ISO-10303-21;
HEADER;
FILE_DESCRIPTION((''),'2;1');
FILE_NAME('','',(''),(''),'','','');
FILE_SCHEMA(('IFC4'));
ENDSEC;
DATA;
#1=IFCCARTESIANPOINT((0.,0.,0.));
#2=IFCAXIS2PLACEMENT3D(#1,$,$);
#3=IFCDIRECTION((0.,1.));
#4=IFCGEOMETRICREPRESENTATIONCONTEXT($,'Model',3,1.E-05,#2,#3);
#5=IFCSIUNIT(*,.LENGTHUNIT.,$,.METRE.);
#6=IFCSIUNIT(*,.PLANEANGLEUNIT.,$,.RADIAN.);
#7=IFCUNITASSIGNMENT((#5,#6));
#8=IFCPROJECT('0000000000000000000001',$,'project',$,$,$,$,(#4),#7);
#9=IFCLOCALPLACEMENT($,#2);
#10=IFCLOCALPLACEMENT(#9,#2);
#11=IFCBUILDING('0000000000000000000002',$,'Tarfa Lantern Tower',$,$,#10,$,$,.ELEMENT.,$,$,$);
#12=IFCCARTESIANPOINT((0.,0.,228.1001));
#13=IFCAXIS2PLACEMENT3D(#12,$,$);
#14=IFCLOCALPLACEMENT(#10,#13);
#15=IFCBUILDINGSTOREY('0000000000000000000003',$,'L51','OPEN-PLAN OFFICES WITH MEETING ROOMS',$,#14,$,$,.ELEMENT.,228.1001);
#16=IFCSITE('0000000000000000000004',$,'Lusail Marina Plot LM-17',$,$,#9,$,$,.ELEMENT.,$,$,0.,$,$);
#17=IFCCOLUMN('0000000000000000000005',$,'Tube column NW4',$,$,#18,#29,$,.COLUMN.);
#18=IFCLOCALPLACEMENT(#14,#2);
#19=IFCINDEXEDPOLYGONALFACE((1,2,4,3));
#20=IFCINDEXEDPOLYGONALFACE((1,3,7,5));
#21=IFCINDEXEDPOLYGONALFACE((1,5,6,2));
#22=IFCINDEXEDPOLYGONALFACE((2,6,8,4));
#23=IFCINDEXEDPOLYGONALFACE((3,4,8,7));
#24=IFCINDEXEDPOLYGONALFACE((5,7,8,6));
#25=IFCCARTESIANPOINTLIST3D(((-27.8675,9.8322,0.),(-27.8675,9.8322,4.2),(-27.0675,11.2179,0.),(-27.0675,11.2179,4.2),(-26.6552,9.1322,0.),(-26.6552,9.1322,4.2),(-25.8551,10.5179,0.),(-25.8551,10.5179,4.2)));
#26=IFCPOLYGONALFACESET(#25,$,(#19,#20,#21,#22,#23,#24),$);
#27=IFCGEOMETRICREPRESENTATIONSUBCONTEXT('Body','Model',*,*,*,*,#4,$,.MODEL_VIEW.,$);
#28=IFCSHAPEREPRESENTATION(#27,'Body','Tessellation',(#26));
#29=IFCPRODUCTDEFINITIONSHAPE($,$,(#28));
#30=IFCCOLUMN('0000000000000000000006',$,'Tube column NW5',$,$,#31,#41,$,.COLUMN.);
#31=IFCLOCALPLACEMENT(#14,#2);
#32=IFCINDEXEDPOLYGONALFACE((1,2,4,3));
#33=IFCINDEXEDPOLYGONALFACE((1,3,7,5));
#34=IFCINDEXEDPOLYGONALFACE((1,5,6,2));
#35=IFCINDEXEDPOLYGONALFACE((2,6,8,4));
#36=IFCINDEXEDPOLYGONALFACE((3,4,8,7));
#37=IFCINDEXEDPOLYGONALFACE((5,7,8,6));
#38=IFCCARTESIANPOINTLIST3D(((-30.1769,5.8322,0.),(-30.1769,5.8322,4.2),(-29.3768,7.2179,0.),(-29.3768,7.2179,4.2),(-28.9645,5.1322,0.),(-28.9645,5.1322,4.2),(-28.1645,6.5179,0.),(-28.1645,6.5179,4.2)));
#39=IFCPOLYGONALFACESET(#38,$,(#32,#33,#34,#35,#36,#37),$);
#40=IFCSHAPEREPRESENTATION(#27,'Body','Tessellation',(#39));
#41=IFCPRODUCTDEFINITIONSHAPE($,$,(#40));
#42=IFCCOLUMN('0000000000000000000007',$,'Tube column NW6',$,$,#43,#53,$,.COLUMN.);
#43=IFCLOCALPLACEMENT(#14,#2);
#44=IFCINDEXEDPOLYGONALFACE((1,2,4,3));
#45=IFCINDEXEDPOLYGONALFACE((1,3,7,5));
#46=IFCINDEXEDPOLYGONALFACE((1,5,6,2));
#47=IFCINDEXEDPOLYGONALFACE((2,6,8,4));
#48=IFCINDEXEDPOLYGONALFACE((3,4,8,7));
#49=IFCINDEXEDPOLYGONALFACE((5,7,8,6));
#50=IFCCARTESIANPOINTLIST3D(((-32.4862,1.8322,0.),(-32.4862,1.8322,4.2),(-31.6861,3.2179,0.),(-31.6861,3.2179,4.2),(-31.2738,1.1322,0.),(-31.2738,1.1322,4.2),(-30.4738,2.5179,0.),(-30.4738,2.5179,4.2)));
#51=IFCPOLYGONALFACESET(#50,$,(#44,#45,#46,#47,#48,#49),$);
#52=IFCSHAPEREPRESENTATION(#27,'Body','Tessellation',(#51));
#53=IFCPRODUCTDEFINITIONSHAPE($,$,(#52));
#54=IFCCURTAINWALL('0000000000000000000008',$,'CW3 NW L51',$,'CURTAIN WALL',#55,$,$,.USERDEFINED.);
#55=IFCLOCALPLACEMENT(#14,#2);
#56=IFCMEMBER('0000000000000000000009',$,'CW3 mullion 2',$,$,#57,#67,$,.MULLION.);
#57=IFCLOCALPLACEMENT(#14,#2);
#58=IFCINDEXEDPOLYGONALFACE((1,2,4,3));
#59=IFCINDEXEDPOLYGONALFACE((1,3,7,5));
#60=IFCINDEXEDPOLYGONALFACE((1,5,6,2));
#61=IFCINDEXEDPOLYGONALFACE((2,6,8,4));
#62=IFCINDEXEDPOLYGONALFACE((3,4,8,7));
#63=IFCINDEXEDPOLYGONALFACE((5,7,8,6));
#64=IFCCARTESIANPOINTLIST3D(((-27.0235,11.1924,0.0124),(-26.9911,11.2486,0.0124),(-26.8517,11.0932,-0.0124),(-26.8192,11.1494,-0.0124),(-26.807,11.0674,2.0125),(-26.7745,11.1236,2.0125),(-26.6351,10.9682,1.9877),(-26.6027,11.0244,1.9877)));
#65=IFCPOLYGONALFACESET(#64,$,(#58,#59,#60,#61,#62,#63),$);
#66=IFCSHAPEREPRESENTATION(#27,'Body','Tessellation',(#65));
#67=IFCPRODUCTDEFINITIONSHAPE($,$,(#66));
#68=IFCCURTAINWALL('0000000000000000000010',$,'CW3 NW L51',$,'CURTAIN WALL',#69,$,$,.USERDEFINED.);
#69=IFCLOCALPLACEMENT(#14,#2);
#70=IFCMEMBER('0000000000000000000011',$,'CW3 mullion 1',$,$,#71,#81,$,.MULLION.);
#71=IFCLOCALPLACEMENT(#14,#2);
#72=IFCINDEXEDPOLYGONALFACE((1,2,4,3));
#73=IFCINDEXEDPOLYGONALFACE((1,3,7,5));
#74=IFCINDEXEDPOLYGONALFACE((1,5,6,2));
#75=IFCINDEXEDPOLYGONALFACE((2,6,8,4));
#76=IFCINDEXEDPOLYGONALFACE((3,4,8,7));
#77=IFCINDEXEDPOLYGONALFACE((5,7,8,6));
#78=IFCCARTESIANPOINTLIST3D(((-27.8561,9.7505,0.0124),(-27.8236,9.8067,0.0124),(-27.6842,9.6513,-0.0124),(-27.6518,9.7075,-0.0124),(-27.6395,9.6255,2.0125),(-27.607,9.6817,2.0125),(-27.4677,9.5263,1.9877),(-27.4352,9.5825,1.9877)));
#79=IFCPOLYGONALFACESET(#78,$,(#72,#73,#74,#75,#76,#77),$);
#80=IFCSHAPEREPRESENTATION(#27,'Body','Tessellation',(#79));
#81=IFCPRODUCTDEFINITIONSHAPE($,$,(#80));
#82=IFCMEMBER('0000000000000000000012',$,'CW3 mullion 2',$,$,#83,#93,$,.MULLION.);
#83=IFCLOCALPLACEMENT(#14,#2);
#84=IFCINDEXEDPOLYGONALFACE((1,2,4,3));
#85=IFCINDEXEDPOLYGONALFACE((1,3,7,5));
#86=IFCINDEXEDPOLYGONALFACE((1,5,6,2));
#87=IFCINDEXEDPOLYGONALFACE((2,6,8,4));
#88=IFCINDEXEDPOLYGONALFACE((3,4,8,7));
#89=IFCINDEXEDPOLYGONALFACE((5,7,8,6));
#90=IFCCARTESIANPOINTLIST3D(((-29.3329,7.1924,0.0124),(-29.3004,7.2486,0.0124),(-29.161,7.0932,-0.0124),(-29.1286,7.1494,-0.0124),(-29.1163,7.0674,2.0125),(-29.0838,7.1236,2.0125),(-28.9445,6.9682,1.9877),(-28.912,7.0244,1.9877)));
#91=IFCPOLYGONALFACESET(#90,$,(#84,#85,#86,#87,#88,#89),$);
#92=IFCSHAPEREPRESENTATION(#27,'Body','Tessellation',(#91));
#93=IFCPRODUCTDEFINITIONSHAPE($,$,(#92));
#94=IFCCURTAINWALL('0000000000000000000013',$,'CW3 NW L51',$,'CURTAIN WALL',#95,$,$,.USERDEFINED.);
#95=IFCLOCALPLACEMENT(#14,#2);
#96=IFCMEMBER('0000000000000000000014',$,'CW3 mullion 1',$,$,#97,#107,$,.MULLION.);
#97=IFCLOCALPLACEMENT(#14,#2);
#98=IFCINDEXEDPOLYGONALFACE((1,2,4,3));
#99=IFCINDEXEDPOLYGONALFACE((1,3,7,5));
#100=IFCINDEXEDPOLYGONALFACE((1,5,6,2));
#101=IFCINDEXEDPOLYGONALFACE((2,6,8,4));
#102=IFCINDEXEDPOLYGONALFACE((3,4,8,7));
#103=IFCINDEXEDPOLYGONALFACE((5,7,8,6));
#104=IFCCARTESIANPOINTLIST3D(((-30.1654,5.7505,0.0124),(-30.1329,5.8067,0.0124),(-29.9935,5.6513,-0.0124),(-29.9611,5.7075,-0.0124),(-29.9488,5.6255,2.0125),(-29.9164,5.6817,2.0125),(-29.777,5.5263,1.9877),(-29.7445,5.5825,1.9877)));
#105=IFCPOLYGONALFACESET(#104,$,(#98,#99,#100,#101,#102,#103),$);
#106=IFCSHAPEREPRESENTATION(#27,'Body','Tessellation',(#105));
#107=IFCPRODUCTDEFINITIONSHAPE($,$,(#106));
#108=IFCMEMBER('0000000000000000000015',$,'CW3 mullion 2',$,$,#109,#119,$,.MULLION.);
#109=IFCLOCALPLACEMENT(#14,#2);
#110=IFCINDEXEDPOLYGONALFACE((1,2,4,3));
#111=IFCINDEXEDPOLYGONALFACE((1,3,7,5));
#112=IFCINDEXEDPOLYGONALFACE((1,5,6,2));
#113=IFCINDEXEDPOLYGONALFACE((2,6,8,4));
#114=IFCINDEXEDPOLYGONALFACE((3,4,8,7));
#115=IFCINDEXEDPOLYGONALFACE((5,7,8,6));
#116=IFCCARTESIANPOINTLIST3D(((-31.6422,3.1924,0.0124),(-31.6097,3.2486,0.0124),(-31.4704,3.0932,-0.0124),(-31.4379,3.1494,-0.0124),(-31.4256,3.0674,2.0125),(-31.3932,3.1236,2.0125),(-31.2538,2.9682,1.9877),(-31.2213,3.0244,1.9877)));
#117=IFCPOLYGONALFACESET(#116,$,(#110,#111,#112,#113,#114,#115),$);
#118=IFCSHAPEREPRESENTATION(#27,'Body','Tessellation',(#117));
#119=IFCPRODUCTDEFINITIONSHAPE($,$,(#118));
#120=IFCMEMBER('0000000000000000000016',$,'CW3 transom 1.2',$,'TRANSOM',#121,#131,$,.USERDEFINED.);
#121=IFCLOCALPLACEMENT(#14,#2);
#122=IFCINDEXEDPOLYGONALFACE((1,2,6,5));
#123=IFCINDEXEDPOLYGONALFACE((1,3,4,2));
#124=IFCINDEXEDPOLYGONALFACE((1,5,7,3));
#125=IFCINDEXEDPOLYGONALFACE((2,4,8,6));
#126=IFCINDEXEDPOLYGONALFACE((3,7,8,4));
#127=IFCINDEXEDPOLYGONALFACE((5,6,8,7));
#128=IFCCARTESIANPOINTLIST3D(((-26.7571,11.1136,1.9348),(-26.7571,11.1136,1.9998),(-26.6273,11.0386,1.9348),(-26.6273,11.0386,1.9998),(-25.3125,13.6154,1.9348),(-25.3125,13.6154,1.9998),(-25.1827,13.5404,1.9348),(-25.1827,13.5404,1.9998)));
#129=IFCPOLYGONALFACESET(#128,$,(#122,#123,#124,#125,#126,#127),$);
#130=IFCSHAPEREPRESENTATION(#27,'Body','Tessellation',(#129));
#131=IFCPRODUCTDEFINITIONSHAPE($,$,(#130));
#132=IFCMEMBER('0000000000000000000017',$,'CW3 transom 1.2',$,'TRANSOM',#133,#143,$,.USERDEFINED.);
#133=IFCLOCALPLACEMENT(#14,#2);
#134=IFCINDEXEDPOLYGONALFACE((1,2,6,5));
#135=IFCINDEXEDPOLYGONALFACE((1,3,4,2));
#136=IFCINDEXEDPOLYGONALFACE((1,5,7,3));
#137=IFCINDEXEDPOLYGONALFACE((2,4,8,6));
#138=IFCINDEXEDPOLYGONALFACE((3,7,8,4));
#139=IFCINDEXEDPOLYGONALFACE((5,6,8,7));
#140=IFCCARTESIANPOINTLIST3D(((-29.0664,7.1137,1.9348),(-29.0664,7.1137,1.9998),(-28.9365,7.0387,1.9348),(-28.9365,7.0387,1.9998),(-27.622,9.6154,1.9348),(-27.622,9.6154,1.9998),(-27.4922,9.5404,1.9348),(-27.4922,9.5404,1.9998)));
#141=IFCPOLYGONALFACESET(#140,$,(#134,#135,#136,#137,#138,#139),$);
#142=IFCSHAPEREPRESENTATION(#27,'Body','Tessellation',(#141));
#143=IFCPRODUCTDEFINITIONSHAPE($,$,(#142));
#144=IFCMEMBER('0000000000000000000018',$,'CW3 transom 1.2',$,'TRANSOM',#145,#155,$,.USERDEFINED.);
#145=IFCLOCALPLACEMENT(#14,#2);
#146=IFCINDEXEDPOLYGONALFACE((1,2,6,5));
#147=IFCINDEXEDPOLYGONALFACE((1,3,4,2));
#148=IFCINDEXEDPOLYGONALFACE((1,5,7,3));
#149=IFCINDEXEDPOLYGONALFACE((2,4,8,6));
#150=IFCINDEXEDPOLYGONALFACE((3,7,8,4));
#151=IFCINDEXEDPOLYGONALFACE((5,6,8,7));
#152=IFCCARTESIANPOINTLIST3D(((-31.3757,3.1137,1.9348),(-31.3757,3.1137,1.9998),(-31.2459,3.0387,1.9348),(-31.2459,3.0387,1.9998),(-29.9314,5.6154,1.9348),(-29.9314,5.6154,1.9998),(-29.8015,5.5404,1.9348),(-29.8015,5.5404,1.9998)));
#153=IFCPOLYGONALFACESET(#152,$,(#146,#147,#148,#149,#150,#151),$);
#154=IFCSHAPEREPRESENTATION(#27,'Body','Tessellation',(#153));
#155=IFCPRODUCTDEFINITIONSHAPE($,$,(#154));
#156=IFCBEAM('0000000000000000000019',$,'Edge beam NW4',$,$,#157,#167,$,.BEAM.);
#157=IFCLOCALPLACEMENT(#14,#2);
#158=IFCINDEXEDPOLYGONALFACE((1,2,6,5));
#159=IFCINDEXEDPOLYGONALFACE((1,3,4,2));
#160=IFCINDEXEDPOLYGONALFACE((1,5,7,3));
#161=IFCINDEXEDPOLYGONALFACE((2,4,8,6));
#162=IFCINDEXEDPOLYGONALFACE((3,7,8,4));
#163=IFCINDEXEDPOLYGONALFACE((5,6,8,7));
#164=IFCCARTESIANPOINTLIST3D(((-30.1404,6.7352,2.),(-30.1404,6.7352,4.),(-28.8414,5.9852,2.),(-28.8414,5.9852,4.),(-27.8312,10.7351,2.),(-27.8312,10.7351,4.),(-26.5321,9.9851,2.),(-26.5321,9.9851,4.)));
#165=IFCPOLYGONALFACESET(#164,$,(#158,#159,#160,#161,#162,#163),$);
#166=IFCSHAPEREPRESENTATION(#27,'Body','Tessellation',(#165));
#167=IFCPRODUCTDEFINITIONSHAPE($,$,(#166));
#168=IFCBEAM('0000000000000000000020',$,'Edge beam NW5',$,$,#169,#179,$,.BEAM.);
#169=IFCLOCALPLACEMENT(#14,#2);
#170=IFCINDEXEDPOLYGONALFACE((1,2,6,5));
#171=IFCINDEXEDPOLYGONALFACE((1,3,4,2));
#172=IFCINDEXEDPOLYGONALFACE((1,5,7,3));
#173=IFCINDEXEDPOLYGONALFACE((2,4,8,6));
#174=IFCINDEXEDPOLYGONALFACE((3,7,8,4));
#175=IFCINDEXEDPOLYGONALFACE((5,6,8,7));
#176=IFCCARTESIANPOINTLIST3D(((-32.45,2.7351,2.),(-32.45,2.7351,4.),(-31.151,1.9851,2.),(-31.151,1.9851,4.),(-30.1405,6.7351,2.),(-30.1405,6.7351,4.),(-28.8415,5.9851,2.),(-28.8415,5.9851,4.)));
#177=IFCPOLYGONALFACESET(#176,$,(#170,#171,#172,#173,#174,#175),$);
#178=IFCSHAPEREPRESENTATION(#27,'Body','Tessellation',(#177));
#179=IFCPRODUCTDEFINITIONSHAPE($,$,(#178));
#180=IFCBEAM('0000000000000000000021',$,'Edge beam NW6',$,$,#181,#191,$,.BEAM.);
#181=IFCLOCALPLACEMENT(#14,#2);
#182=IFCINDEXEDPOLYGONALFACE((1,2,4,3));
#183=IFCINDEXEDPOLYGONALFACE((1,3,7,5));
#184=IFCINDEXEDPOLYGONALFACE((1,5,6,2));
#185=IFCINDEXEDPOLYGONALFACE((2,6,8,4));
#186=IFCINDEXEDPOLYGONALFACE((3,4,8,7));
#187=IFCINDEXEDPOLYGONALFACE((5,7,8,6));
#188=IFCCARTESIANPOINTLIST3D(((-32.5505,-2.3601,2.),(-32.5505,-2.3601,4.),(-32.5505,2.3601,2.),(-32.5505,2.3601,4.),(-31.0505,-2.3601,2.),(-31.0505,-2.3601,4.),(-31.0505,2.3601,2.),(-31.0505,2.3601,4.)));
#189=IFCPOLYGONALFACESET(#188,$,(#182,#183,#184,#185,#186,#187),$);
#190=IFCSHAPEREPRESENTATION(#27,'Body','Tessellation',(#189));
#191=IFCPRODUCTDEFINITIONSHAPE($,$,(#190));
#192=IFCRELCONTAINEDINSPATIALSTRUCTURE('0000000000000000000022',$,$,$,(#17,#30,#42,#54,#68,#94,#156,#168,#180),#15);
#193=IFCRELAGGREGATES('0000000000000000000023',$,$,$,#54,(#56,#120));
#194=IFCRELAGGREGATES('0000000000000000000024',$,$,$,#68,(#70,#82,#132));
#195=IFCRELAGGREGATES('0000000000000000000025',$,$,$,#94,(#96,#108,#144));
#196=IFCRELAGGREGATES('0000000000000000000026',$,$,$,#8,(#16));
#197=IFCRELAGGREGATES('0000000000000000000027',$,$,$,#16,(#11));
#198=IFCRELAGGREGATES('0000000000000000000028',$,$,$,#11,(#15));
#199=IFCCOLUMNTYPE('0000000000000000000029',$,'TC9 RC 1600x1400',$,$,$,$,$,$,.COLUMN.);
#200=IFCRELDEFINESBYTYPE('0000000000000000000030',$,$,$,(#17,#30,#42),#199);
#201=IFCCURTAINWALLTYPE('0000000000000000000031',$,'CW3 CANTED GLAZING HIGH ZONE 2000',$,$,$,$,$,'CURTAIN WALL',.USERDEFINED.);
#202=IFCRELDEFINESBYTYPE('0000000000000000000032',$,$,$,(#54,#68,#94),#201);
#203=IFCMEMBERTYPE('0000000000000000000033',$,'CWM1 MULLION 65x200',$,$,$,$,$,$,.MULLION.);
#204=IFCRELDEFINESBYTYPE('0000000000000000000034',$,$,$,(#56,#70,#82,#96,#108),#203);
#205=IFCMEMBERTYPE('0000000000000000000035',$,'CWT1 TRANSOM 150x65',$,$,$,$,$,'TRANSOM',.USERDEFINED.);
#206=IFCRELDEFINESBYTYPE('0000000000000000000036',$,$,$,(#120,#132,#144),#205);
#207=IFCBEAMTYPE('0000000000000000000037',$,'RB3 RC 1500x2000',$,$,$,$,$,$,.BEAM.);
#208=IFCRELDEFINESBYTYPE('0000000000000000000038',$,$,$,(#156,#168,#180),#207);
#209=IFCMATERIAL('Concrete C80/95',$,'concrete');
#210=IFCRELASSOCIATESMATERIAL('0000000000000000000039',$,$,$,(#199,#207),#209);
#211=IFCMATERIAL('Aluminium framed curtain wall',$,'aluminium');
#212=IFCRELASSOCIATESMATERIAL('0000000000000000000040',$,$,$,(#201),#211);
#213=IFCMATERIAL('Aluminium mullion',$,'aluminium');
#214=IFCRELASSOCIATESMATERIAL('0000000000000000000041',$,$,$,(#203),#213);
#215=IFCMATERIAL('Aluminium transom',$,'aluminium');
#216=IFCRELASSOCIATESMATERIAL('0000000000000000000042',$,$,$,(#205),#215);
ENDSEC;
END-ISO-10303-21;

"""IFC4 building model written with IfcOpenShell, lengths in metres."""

from ifc_helpers import new_model, si_unit, direction, frame, origin, origin_2d, place, context, subcontext, project, spatial, rectangle, extrude, material, material_profile, profile_set, type_object, element, aggregate, save


model = new_model("IFC4")

# Units and contexts
model_context = context("Model", 3, precision=1e-05, world=origin(), true_north=direction((0.0, 1.0)))
body_context = subcontext(model_context, "Body", "Model", "MODEL_VIEW")
ifc_project = project(units=[si_unit("LENGTHUNIT", "METRE"), si_unit("PLANEANGLEUNIT", "RADIAN")], contexts=[model_context])

# Site, building, storey
site_placement = place(None, origin())
site = spatial("IfcSite", under=ifc_project, at=site_placement, Name="Lusail Marina Plot LM-17", CompositionType="ELEMENT", RefElevation=0.0)
building_placement = place(site_placement, origin())
building = spatial("IfcBuilding", under=site, at=building_placement, Name="Tarfa Lantern Tower", CompositionType="ELEMENT")
storey_placement = place(building_placement, frame((0.0, 0.0, 228.1001)))
storey = spatial("IfcBuildingStorey", under=building, at=storey_placement, Name="L51", Description="OPEN-PLAN OFFICES WITH MEETING ROOMS", CompositionType="ELEMENT", Elevation=228.1001)

# Columns
ifc_material_1 = material(Name="Concrete C80/95", Category="concrete")
ifc_material_profile_1 = material_profile(ifc_material_1, rectangle(XDim=1.6001, YDim=1.3999, at=origin_2d()), Name="RC 1600x1400")
ifc_profile_set_1 = profile_set([ifc_material_profile_1], Name="Concrete C80/95")
column_type = type_object("IfcColumnType", Name="TC9 RC 1600x1400", PredefinedType="COLUMN", material=ifc_profile_set_1)
for number, where, z_axis, x_axis, name in (
    (1, (-26.8613, 10.175, 0.0), (0.0, 0.0, 1.0), (-0.5, -0.866025, 0.0), "Tube column NW4"),
    (2, (-29.1707, 6.175, 0.0), (0.0, 0.0, 1.0), (-0.5, -0.866025, 0.0), "Tube column NW5"),
    (3, (-31.48, 2.175, 0.0), (0.0, 0.0, 1.0), (-0.5, -0.866025, 0.0), "Tube column NW6"),
):
    element("IfcColumn", number, at=place(storey_placement, frame(where, z_axis=z_axis, x_axis=x_axis)), inside=storey, type_object=column_type, Name=name, PredefinedType="COLUMN", context=body_context, shape_type="SweptSolid", body=[
        extrude(rectangle(XDim=1.6001, YDim=1.3999, at=origin_2d()), origin(), (0.0, 0.0, 1.0), 4.2),
    ])

# Curtain wall, member
ifc_material_2 = material(Name="Aluminium framed curtain wall", Category="aluminium")
curtain_wall_type = type_object("IfcCurtainWallType", Name="CW3 CANTED GLAZING HIGH ZONE 2000", ElementType="CURTAIN WALL", PredefinedType="USERDEFINED", material=ifc_material_2)
curtain_wall_1_placement = place(storey_placement, origin())
curtain_wall_1 = element("IfcCurtainWall", 4, at=curtain_wall_1_placement, inside=storey, type_object=curtain_wall_type, Name="CW3 NW L51", ObjectType="CURTAIN WALL", PredefinedType="USERDEFINED")
ifc_material_3 = material(Name="Aluminium mullion", Category="aluminium")
ifc_material_profile_2 = material_profile(ifc_material_3, rectangle(XDim=0.0649, YDim=0.2, at=origin_2d()), Name="AL MULLION 65x200")
ifc_profile_set_2 = profile_set([ifc_material_profile_2], Name="Aluminium mullion")
member_type_1 = type_object("IfcMemberType", Name="CWM1 MULLION 65x200", PredefinedType="MULLION", material=ifc_profile_set_2)
member_1_placement = place(storey_placement, frame((-26.9214, 11.1709, 0.0), z_axis=(0.10744, -0.062017, 0.992275), x_axis=(0.49992, 0.866072, 0.0)))
member_1 = element("IfcMember", 5, at=member_1_placement, type_object=member_type_1, Name="CW3 mullion 2", PredefinedType="MULLION", context=body_context, shape_type="SweptSolid", body=[
    extrude(rectangle(XDim=0.0649, YDim=0.2, at=origin_2d()), origin(), (0.0, 0.0, 1.0), 2.0156),
])

# Curtain walls, members
curtain_wall_2_placement = place(storey_placement, origin())
curtain_wall_2 = element("IfcCurtainWall", 6, at=curtain_wall_2_placement, inside=storey, type_object=curtain_wall_type, Name="CW3 NW L51", ObjectType="CURTAIN WALL", PredefinedType="USERDEFINED")
member_2_placement = place(storey_placement, frame((-27.7539, 9.729, 0.0), z_axis=(0.10744, -0.062017, 0.992275), x_axis=(0.49992, 0.866072, 0.0)))
member_2 = element("IfcMember", 7, at=member_2_placement, type_object=member_type_1, Name="CW3 mullion 1", PredefinedType="MULLION", context=body_context, shape_type="SweptSolid", body=[
    extrude(rectangle(XDim=0.0649, YDim=0.2, at=origin_2d()), origin(), (0.0, 0.0, 1.0), 2.0156),
])
member_3_placement = place(storey_placement, frame((-29.2307, 7.1709, 0.0), z_axis=(0.10744, -0.062017, 0.992275), x_axis=(0.49992, 0.866072, 0.0)))
member_3 = element("IfcMember", 8, at=member_3_placement, type_object=member_type_1, Name="CW3 mullion 2", PredefinedType="MULLION", context=body_context, shape_type="SweptSolid", body=[
    extrude(rectangle(XDim=0.0649, YDim=0.2, at=origin_2d()), origin(), (0.0, 0.0, 1.0), 2.0156),
])
curtain_wall_3_placement = place(storey_placement, origin())
curtain_wall_3 = element("IfcCurtainWall", 9, at=curtain_wall_3_placement, inside=storey, type_object=curtain_wall_type, Name="CW3 NW L51", ObjectType="CURTAIN WALL", PredefinedType="USERDEFINED")
member_4_placement = place(storey_placement, frame((-30.0632, 5.729, 0.0), z_axis=(0.10744, -0.062017, 0.992275), x_axis=(0.49992, 0.866072, 0.0)))
member_4 = element("IfcMember", 10, at=member_4_placement, type_object=member_type_1, Name="CW3 mullion 1", PredefinedType="MULLION", context=body_context, shape_type="SweptSolid", body=[
    extrude(rectangle(XDim=0.0649, YDim=0.2, at=origin_2d()), origin(), (0.0, 0.0, 1.0), 2.0156),
])
member_5_placement = place(storey_placement, frame((-31.54, 3.1709, 0.0), z_axis=(0.10744, -0.062017, 0.992275), x_axis=(0.49992, 0.866072, 0.0)))
member_5 = element("IfcMember", 11, at=member_5_placement, type_object=member_type_1, Name="CW3 mullion 2", PredefinedType="MULLION", context=body_context, shape_type="SweptSolid", body=[
    extrude(rectangle(XDim=0.0649, YDim=0.2, at=origin_2d()), origin(), (0.0, 0.0, 1.0), 2.0156),
])

# Members
ifc_material_4 = material(Name="Aluminium transom", Category="aluminium")
ifc_material_profile_3 = material_profile(ifc_material_4, rectangle(XDim=0.1499, YDim=0.0649, at=origin_2d()), Name="AL TRANSOM 150x65")
ifc_profile_set_3 = profile_set([ifc_material_profile_3], Name="Aluminium transom")
member_type_2 = type_object("IfcMemberType", Name="CWT1 TRANSOM 150x65", ElementType="TRANSOM", PredefinedType="USERDEFINED", material=ifc_profile_set_3)
member_6_placement = place(storey_placement, frame((-25.2476, 13.5779, 1.9673), z_axis=(-0.500057, -0.865993, 0.0), x_axis=(0.865993, -0.500057, 0.0)))
member_6 = element("IfcMember", 12, at=member_6_placement, type_object=member_type_2, Name="CW3 transom 1.2", ObjectType="TRANSOM", PredefinedType="USERDEFINED", context=body_context, shape_type="SweptSolid", body=[
    extrude(rectangle(XDim=0.1499, YDim=0.0649, at=origin_2d()), origin(), (0.0, 0.0, 1.0), 2.8889),
])
member_7_placement = place(storey_placement, frame((-27.5571, 9.5779, 1.9673), z_axis=(-0.499993, -0.866029, 0.0), x_axis=(0.866029, -0.499993, 0.0)))
member_7 = element("IfcMember", 13, at=member_7_placement, type_object=member_type_2, Name="CW3 transom 1.2", ObjectType="TRANSOM", PredefinedType="USERDEFINED", context=body_context, shape_type="SweptSolid", body=[
    extrude(rectangle(XDim=0.1499, YDim=0.0649, at=origin_2d()), origin(), (0.0, 0.0, 1.0), 2.8887),
])
member_8_placement = place(storey_placement, frame((-29.8665, 5.5779, 1.9673), z_axis=(-0.499993, -0.866029, 0.0), x_axis=(0.866029, -0.499993, 0.0)))
member_8 = element("IfcMember", 14, at=member_8_placement, type_object=member_type_2, Name="CW3 transom 1.2", ObjectType="TRANSOM", PredefinedType="USERDEFINED", context=body_context, shape_type="SweptSolid", body=[
    extrude(rectangle(XDim=0.1499, YDim=0.0649, at=origin_2d()), origin(), (0.0, 0.0, 1.0), 2.8887),
])

# Beams
ifc_material_profile_4 = material_profile(ifc_material_1, rectangle(XDim=1.5, YDim=2.0, at=origin_2d()), Name="RC 1500x2000")
ifc_profile_set_4 = profile_set([ifc_material_profile_4], Name="Concrete C80/95")
beam_type_1 = type_object("IfcBeamType", Name="RB3 RC 1500x2000", PredefinedType="BEAM", material=ifc_profile_set_4)
beam_1_placement = place(storey_placement, frame((-27.1816, 10.3601, 3.0), z_axis=(-0.499988, -0.866032, 0.0), x_axis=(0.866032, -0.499988, 0.0)))
element("IfcBeam", 15, at=beam_1_placement, inside=storey, type_object=beam_type_1, Name="Edge beam NW4", PredefinedType="BEAM", context=body_context, shape_type="SweptSolid", body=[
    extrude(rectangle(XDim=1.5, YDim=2.0, at=origin_2d()), origin(), (0.0, 0.0, 1.0), 4.6187),
])
beam_2_placement = place(storey_placement, frame((-29.491, 6.3601, 3.0), z_axis=(-0.500027, -0.86601, 0.0), x_axis=(0.86601, -0.500027, 0.0)))
element("IfcBeam", 16, at=beam_2_placement, inside=storey, type_object=beam_type_1, Name="Edge beam NW5", PredefinedType="BEAM", context=body_context, shape_type="SweptSolid", body=[
    extrude(rectangle(XDim=1.5, YDim=2.0, at=origin_2d()), origin(), (0.0, 0.0, 1.0), 4.6189),
])
beam_3_placement = place(storey_placement, frame((-31.8005, 2.3601, 3.0), z_axis=(0.0, -1.0, 0.0), x_axis=(1.0, 0.0, 0.0)))
element("IfcBeam", 17, at=beam_3_placement, inside=storey, type_object=beam_type_1, Name="Edge beam NW6", PredefinedType="BEAM", context=body_context, shape_type="SweptSolid", body=[
    extrude(rectangle(XDim=1.5, YDim=2.0, at=origin_2d()), origin(), (0.0, 0.0, 1.0), 4.7202),
])

aggregate(curtain_wall_1, [member_1, member_6])
aggregate(curtain_wall_2, [member_2, member_3, member_7])
aggregate(curtain_wall_3, [member_4, member_5, member_8])

save(model, "model.ifc")
